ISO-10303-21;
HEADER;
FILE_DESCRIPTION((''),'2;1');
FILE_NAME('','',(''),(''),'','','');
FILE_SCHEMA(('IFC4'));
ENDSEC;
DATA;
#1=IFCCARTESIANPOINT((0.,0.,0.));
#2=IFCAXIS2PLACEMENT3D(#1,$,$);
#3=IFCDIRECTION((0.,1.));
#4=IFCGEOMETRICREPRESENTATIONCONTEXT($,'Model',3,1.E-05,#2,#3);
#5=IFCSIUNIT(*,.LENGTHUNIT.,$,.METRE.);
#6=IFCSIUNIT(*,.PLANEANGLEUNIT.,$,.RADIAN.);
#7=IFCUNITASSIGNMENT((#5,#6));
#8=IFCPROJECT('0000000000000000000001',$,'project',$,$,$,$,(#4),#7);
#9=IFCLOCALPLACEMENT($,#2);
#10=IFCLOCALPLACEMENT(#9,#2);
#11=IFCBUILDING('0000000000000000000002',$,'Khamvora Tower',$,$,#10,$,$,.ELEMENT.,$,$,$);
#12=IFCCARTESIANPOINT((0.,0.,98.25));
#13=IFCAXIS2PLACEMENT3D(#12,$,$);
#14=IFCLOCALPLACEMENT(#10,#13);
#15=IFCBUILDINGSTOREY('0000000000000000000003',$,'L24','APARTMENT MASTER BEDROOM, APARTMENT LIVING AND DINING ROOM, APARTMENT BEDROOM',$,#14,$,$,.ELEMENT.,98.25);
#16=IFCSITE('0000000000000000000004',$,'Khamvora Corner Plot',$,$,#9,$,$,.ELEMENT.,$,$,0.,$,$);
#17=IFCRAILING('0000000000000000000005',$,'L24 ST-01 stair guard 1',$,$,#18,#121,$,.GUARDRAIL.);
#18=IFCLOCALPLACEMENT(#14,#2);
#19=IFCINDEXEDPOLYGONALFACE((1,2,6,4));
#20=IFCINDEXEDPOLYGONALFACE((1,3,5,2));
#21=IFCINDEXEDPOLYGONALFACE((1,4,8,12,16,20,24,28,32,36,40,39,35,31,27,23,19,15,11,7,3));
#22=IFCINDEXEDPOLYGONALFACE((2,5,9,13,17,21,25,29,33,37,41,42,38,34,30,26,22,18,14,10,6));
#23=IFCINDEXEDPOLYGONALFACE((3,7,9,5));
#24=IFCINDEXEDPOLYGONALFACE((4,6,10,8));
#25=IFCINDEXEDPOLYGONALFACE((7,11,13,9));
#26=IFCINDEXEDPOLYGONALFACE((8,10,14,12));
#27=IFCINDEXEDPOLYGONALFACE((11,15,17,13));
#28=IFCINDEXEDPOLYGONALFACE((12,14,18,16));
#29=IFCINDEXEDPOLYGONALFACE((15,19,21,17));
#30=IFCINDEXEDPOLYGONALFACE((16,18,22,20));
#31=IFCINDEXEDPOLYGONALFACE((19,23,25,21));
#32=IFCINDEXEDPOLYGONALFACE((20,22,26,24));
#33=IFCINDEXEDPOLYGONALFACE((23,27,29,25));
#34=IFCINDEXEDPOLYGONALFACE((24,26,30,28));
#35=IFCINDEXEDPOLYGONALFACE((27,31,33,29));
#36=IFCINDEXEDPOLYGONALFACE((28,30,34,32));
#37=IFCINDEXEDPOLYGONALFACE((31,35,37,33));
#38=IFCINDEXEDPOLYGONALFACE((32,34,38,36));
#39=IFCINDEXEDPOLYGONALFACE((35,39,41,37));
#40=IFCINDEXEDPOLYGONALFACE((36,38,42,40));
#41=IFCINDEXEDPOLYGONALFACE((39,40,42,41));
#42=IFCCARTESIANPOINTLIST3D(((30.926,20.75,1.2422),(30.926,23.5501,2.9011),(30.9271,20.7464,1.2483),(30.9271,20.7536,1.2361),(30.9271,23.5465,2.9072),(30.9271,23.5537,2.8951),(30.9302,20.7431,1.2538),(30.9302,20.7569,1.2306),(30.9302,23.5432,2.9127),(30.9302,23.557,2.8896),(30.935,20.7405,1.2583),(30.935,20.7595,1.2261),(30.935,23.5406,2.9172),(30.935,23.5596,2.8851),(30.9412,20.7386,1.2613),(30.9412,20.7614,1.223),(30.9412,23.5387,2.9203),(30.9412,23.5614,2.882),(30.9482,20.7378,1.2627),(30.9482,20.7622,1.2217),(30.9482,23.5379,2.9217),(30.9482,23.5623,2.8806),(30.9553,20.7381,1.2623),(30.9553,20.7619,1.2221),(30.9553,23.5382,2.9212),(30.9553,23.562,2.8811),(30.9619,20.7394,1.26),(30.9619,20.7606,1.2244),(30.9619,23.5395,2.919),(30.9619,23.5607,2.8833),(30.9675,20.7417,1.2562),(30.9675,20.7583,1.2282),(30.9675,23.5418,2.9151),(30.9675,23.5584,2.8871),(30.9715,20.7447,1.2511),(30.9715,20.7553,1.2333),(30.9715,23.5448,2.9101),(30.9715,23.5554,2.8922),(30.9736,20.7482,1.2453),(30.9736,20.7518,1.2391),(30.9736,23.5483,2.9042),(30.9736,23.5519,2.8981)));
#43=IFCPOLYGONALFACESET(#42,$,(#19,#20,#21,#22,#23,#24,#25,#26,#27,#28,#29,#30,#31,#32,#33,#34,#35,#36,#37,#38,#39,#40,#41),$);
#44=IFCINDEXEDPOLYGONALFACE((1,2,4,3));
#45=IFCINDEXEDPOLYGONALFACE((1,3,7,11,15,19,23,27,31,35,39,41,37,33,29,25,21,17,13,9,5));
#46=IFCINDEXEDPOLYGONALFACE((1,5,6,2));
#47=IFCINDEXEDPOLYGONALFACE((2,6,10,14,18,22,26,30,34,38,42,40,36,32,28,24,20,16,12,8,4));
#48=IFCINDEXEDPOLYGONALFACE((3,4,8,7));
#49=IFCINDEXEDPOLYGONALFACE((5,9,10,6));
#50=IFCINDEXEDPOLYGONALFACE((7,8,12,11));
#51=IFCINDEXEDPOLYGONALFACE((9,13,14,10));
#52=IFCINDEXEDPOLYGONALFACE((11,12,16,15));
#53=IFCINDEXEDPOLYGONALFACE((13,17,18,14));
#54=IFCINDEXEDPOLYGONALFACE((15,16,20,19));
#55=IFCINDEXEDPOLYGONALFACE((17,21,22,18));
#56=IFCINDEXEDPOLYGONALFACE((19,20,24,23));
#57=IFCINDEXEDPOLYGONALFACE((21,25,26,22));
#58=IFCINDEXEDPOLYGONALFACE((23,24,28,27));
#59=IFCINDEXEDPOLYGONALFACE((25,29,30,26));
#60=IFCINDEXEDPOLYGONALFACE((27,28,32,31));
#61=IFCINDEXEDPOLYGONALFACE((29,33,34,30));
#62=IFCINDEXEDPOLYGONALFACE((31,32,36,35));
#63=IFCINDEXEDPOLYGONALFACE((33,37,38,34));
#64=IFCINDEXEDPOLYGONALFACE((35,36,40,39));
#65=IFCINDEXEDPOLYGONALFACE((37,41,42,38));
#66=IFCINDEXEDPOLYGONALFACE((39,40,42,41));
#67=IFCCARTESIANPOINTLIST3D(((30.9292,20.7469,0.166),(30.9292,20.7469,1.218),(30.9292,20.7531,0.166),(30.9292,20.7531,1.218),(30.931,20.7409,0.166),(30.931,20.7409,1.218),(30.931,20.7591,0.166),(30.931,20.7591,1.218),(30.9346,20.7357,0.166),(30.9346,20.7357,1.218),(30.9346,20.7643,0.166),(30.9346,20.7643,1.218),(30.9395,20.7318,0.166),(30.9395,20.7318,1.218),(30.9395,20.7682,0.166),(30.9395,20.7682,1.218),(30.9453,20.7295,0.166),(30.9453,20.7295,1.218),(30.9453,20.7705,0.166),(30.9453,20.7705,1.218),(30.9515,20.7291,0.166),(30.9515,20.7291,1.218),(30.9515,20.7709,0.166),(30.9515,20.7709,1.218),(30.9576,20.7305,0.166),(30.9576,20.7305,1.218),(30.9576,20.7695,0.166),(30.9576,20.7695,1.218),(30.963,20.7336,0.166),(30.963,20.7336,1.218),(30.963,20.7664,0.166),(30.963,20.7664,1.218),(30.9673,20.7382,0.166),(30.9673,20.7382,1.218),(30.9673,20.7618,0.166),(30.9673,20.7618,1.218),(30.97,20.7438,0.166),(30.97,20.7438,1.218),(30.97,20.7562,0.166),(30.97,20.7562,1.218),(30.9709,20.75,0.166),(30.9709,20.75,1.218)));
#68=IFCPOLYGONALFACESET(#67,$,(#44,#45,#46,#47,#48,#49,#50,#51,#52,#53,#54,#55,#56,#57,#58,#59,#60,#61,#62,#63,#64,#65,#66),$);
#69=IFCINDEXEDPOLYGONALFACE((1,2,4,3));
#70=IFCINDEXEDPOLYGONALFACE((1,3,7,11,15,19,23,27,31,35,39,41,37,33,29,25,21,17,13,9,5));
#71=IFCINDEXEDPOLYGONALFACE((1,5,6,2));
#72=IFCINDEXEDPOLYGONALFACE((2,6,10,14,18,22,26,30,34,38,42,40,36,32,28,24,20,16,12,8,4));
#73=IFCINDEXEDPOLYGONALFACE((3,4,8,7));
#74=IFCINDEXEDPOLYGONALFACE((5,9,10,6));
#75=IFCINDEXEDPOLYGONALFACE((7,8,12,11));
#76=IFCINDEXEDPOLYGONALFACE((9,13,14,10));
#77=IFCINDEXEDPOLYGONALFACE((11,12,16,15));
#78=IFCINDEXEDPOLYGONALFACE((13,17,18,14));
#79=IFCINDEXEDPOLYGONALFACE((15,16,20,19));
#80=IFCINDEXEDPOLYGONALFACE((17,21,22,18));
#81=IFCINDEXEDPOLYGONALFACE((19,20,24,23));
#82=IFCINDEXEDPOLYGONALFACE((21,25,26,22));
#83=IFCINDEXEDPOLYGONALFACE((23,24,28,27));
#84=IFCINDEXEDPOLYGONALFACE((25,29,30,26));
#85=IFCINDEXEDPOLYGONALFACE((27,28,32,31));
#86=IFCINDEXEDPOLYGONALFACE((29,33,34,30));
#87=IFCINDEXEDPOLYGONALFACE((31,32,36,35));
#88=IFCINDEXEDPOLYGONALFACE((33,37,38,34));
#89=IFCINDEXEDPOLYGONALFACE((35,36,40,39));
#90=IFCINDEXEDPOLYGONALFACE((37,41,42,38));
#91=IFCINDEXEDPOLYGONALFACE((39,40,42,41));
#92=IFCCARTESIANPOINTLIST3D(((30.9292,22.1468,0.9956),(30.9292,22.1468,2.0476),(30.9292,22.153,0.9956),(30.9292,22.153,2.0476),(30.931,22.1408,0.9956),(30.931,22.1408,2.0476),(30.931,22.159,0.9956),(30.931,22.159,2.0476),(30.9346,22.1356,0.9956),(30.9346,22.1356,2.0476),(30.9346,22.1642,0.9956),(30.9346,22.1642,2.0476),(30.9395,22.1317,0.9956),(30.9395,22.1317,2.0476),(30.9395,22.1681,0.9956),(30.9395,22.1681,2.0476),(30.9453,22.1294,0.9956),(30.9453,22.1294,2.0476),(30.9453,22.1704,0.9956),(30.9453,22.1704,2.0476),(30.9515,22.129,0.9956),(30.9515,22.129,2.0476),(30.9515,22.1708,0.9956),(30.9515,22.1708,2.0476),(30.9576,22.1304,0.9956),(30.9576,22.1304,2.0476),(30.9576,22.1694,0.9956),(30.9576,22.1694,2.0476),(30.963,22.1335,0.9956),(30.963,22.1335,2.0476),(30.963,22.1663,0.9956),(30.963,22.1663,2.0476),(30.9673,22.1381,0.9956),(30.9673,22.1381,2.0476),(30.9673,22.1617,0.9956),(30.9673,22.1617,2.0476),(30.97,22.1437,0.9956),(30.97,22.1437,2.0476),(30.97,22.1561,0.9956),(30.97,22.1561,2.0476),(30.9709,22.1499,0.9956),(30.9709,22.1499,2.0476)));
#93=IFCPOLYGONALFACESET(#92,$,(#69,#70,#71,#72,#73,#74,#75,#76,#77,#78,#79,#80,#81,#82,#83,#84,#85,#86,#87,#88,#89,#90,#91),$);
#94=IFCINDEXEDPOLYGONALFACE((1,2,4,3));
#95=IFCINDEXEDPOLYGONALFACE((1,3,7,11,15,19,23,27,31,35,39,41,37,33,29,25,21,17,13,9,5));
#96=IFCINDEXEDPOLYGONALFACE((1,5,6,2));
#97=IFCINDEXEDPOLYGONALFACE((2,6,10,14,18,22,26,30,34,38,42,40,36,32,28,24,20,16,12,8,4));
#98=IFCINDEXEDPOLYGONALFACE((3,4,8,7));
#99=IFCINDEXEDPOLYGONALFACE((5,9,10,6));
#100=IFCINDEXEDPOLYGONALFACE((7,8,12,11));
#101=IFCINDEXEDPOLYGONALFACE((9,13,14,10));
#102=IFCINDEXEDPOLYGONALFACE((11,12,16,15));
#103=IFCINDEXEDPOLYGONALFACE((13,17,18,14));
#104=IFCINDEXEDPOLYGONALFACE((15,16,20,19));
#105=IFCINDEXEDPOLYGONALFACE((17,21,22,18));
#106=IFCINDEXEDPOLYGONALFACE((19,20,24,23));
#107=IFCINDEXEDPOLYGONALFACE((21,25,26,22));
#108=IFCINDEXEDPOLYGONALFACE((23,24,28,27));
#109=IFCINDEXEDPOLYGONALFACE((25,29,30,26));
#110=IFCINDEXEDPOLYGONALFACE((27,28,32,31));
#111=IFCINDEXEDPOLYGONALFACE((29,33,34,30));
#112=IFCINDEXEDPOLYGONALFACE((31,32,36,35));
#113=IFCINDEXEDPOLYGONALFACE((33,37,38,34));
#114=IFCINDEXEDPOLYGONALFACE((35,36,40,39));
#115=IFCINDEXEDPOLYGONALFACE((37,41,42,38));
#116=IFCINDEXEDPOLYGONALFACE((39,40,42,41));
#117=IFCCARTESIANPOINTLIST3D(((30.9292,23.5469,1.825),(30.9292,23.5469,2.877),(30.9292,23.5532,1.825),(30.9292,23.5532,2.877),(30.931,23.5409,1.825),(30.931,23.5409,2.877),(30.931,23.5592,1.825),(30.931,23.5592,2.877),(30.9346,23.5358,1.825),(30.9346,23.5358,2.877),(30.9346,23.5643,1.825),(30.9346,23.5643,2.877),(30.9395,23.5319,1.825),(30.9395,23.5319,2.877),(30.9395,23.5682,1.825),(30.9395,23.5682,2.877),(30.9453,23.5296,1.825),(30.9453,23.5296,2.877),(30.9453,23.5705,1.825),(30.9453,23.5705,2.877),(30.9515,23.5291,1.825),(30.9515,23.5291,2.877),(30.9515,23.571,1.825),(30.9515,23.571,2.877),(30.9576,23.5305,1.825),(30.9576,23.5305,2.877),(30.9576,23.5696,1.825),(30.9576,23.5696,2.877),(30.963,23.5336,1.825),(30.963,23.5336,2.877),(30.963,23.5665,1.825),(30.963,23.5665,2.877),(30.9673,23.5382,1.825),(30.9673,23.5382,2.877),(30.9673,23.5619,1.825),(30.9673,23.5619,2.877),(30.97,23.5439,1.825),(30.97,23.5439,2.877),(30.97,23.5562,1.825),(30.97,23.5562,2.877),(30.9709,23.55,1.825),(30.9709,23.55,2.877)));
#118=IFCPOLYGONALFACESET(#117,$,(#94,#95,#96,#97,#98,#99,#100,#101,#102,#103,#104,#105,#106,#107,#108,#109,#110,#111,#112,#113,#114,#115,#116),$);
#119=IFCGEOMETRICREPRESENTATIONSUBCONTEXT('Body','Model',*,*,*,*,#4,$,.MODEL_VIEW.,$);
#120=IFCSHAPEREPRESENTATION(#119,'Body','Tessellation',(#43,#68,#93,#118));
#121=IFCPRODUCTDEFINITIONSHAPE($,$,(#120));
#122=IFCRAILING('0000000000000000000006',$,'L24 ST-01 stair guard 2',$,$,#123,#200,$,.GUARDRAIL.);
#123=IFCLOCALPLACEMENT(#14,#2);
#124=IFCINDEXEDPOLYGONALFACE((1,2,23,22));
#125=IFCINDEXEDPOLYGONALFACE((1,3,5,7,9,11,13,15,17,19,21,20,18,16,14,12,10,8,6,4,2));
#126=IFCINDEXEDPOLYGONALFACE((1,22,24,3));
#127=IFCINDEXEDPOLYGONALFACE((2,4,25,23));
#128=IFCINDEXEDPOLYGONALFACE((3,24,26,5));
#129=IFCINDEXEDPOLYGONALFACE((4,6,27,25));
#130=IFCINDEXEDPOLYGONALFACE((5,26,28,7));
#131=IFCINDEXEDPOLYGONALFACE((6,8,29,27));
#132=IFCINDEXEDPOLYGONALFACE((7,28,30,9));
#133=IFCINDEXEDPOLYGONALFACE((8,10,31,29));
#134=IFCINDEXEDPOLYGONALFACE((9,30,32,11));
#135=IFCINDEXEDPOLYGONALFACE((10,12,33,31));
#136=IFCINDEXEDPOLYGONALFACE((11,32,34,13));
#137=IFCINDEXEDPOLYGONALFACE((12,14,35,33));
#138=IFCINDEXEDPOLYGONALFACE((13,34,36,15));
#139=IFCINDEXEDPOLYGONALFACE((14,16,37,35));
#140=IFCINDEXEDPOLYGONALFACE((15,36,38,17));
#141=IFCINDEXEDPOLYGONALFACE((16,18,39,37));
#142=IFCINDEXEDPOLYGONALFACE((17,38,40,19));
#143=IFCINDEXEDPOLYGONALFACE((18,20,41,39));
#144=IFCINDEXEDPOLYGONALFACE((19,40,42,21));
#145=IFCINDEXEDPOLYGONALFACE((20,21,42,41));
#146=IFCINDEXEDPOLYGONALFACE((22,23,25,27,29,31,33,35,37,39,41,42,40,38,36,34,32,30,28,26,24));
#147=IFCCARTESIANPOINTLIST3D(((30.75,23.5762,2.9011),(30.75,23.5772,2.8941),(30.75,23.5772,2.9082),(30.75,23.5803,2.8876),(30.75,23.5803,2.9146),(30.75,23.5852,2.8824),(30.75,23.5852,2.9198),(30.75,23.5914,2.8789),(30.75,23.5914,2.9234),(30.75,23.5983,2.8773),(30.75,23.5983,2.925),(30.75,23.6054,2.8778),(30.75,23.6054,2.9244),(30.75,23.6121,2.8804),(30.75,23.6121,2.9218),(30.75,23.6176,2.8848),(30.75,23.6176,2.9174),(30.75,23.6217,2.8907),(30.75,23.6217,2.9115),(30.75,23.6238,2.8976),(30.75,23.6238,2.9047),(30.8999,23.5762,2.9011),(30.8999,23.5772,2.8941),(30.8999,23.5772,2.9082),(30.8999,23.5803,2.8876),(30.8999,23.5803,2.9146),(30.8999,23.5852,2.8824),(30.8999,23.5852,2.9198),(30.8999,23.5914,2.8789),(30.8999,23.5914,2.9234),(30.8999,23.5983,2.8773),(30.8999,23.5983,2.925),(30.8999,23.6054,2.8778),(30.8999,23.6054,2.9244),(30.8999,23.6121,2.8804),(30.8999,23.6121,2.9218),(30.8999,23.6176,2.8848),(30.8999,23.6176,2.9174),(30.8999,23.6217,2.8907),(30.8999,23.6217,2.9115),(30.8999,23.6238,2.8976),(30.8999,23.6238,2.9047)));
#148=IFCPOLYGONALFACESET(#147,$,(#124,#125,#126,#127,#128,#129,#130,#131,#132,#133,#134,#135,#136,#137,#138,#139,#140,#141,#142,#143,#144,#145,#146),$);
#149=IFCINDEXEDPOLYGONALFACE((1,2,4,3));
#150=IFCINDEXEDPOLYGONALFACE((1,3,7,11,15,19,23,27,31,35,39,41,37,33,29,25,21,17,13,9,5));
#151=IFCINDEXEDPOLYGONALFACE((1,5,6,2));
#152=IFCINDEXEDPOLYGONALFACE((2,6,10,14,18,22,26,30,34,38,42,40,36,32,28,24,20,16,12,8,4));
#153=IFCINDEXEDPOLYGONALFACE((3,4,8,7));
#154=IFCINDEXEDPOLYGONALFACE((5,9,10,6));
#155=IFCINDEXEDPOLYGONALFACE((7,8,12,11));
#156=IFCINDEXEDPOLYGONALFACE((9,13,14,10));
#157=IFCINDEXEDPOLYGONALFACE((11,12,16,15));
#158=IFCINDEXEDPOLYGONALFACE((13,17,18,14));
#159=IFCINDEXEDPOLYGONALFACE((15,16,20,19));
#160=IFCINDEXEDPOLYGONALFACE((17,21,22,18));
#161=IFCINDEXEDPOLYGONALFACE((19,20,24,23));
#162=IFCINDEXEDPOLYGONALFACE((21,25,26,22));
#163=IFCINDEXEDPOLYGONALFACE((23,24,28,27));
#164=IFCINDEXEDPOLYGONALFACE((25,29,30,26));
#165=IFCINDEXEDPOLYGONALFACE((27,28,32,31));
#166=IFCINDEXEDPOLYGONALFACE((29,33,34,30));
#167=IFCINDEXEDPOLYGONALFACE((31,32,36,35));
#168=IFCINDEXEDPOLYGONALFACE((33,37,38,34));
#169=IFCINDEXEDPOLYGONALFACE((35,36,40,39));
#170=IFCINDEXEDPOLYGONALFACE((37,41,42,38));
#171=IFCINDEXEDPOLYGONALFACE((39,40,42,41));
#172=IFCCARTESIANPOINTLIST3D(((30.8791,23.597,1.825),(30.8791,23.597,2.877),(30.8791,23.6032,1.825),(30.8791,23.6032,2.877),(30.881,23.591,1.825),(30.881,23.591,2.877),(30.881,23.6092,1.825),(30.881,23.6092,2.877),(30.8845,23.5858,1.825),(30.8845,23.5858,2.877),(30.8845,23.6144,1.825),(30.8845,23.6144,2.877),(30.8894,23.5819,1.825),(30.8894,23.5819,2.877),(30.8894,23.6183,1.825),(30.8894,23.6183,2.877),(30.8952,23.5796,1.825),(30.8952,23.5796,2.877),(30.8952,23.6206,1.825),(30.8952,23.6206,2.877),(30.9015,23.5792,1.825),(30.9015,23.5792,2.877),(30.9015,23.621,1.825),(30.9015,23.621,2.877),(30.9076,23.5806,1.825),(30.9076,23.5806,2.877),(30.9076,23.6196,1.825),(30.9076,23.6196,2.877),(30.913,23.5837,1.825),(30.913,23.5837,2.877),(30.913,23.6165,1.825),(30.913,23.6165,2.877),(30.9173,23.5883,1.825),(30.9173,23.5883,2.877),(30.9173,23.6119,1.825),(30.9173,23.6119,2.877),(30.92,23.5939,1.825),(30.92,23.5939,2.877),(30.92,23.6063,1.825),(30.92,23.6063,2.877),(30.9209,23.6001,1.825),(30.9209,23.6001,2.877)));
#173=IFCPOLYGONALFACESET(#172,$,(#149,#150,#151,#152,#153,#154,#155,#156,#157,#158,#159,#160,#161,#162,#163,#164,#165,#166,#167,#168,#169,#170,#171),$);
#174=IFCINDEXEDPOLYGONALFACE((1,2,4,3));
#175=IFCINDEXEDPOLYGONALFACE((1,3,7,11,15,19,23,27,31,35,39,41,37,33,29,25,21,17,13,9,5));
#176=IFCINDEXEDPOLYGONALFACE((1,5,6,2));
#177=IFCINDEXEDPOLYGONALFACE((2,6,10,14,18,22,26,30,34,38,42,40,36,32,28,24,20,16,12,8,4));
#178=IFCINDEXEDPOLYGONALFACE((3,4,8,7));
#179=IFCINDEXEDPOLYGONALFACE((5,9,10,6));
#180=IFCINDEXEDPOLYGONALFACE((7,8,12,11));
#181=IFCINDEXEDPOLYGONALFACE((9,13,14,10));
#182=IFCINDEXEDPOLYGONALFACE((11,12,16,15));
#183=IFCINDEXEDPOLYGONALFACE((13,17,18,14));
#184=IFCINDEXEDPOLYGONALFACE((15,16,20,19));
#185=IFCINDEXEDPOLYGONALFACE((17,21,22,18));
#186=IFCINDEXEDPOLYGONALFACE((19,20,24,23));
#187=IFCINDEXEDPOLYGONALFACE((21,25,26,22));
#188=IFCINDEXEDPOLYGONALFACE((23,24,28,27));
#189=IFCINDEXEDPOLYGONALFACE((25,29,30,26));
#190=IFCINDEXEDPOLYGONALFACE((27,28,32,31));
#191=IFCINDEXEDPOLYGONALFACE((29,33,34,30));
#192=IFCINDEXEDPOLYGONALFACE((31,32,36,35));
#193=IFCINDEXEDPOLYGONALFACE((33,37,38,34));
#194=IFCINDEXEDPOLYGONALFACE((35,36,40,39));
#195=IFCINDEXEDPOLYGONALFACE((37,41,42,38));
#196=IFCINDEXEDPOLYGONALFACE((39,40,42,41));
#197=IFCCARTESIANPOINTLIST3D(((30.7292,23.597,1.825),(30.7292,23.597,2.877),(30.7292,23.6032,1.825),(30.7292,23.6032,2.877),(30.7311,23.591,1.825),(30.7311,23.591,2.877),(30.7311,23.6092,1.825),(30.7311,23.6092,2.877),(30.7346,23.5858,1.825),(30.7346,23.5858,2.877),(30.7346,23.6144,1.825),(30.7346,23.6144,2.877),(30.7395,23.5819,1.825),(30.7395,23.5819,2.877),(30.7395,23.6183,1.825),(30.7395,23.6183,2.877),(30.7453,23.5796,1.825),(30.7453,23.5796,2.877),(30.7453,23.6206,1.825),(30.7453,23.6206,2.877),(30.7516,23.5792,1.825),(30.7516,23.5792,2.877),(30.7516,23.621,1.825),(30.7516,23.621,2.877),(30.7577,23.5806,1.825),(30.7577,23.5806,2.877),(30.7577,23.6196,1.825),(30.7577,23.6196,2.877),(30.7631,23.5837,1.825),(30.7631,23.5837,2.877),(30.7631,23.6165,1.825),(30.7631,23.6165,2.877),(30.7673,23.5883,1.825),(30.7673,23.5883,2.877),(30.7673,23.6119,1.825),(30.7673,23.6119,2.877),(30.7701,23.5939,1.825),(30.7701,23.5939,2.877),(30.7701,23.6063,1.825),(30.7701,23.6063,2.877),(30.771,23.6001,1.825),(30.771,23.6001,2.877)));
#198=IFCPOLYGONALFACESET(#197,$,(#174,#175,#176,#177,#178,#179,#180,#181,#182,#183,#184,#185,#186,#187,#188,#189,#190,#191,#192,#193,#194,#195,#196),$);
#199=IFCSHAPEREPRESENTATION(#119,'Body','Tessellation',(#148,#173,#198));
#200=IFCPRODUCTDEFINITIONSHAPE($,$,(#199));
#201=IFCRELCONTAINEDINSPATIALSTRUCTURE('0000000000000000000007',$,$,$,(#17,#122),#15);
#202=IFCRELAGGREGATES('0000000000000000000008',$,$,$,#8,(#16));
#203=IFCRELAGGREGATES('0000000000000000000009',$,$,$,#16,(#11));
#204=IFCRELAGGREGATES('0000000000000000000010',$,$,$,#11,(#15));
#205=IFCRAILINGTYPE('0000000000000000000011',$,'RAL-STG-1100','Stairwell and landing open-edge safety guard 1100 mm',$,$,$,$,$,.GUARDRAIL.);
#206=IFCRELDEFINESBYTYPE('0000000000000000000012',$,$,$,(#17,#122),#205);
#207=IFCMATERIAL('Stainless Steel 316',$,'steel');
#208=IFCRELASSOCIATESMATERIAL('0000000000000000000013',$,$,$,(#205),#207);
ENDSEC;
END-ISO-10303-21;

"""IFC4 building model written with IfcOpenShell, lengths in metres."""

from ifc_helpers import new_model, si_unit, direction, frame, origin, origin_2d, place, context, subcontext, project, spatial, circle, extrude, material, type_object, element, save


model = new_model("IFC4")

# Units and contexts
model_context = context("Model", 3, precision=1e-05, world=origin(), true_north=direction((0.0, 1.0)))
body_context = subcontext(model_context, "Body", "Model", "MODEL_VIEW")
ifc_project = project(units=[si_unit("LENGTHUNIT", "METRE"), si_unit("PLANEANGLEUNIT", "RADIAN")], contexts=[model_context])

# Site, building, storey
site_placement = place(None, origin())
site = spatial("IfcSite", under=ifc_project, at=site_placement, Name="Khamvora Corner Plot", CompositionType="ELEMENT", RefElevation=0.0)
building_placement = place(site_placement, origin())
building = spatial("IfcBuilding", under=site, at=building_placement, Name="Khamvora Tower", CompositionType="ELEMENT")
storey_placement = place(building_placement, frame((0.0, 0.0, 98.25)))
storey = spatial("IfcBuildingStorey", under=building, at=storey_placement, Name="L24", Description="APARTMENT MASTER BEDROOM, APARTMENT LIVING AND DINING ROOM, APARTMENT BEDROOM", CompositionType="ELEMENT", Elevation=98.25)

# Railings
ifc_material_1 = material(Name="Stainless Steel 316", Category="steel")
railing_type_1 = type_object("IfcRailingType", Name="RAL-STG-1100", Description="Stairwell and landing open-edge safety guard 1100 mm", PredefinedType="GUARDRAIL", material=ifc_material_1)
railing_1_placement = place(storey_placement, frame((30.95, 20.75, 0.166)))
element("IfcRailing", 1, at=railing_1_placement, inside=storey, type_object=railing_type_1, Name="L24 ST-01 stair guard 1", PredefinedType="GUARDRAIL", context=body_context, shape_type="SweptSolid", body=[
    extrude(circle(Radius=0.0239, at=origin_2d()), frame((0.0, 0.0, 1.0762), z_axis=(0.0, 0.860339, 0.509722), x_axis=(-1.0, 0.0, 0.0)), (0.0, 0.0, 1.0), 3.2546),
    extrude(circle(Radius=0.021, at=origin_2d()), origin(), (0.0, 0.0, 1.0), 1.052),
    extrude(circle(Radius=0.021, at=origin_2d()), frame((0.0, 1.3999, 0.8296)), (0.0, 0.0, 1.0), 1.052),
    extrude(circle(Radius=0.021, at=origin_2d()), frame((0.0, 2.8, 1.6589)), (0.0, 0.0, 1.0), 1.052),
])
railing_2_placement = place(storey_placement, frame((30.8999, 23.6001, 1.825)))
element("IfcRailing", 2, at=railing_2_placement, inside=storey, type_object=railing_type_1, Name="L24 ST-01 stair guard 2", PredefinedType="GUARDRAIL", context=body_context, shape_type="SweptSolid", body=[
    extrude(circle(Radius=0.0239, at=origin_2d()), frame((0.0, 0.0, 1.0762), z_axis=(-1.0, 0.0, 0.0), x_axis=(0.0, -1.0, 0.0)), (0.0, 0.0, 1.0), 0.1499),
    extrude(circle(Radius=0.021, at=origin_2d()), origin(), (0.0, 0.0, 1.0), 1.052),
    extrude(circle(Radius=0.021, at=origin_2d()), frame((-0.1499, 0.0, 0.0)), (0.0, 0.0, 1.0), 1.052),
])

save(model, "model.ifc")
